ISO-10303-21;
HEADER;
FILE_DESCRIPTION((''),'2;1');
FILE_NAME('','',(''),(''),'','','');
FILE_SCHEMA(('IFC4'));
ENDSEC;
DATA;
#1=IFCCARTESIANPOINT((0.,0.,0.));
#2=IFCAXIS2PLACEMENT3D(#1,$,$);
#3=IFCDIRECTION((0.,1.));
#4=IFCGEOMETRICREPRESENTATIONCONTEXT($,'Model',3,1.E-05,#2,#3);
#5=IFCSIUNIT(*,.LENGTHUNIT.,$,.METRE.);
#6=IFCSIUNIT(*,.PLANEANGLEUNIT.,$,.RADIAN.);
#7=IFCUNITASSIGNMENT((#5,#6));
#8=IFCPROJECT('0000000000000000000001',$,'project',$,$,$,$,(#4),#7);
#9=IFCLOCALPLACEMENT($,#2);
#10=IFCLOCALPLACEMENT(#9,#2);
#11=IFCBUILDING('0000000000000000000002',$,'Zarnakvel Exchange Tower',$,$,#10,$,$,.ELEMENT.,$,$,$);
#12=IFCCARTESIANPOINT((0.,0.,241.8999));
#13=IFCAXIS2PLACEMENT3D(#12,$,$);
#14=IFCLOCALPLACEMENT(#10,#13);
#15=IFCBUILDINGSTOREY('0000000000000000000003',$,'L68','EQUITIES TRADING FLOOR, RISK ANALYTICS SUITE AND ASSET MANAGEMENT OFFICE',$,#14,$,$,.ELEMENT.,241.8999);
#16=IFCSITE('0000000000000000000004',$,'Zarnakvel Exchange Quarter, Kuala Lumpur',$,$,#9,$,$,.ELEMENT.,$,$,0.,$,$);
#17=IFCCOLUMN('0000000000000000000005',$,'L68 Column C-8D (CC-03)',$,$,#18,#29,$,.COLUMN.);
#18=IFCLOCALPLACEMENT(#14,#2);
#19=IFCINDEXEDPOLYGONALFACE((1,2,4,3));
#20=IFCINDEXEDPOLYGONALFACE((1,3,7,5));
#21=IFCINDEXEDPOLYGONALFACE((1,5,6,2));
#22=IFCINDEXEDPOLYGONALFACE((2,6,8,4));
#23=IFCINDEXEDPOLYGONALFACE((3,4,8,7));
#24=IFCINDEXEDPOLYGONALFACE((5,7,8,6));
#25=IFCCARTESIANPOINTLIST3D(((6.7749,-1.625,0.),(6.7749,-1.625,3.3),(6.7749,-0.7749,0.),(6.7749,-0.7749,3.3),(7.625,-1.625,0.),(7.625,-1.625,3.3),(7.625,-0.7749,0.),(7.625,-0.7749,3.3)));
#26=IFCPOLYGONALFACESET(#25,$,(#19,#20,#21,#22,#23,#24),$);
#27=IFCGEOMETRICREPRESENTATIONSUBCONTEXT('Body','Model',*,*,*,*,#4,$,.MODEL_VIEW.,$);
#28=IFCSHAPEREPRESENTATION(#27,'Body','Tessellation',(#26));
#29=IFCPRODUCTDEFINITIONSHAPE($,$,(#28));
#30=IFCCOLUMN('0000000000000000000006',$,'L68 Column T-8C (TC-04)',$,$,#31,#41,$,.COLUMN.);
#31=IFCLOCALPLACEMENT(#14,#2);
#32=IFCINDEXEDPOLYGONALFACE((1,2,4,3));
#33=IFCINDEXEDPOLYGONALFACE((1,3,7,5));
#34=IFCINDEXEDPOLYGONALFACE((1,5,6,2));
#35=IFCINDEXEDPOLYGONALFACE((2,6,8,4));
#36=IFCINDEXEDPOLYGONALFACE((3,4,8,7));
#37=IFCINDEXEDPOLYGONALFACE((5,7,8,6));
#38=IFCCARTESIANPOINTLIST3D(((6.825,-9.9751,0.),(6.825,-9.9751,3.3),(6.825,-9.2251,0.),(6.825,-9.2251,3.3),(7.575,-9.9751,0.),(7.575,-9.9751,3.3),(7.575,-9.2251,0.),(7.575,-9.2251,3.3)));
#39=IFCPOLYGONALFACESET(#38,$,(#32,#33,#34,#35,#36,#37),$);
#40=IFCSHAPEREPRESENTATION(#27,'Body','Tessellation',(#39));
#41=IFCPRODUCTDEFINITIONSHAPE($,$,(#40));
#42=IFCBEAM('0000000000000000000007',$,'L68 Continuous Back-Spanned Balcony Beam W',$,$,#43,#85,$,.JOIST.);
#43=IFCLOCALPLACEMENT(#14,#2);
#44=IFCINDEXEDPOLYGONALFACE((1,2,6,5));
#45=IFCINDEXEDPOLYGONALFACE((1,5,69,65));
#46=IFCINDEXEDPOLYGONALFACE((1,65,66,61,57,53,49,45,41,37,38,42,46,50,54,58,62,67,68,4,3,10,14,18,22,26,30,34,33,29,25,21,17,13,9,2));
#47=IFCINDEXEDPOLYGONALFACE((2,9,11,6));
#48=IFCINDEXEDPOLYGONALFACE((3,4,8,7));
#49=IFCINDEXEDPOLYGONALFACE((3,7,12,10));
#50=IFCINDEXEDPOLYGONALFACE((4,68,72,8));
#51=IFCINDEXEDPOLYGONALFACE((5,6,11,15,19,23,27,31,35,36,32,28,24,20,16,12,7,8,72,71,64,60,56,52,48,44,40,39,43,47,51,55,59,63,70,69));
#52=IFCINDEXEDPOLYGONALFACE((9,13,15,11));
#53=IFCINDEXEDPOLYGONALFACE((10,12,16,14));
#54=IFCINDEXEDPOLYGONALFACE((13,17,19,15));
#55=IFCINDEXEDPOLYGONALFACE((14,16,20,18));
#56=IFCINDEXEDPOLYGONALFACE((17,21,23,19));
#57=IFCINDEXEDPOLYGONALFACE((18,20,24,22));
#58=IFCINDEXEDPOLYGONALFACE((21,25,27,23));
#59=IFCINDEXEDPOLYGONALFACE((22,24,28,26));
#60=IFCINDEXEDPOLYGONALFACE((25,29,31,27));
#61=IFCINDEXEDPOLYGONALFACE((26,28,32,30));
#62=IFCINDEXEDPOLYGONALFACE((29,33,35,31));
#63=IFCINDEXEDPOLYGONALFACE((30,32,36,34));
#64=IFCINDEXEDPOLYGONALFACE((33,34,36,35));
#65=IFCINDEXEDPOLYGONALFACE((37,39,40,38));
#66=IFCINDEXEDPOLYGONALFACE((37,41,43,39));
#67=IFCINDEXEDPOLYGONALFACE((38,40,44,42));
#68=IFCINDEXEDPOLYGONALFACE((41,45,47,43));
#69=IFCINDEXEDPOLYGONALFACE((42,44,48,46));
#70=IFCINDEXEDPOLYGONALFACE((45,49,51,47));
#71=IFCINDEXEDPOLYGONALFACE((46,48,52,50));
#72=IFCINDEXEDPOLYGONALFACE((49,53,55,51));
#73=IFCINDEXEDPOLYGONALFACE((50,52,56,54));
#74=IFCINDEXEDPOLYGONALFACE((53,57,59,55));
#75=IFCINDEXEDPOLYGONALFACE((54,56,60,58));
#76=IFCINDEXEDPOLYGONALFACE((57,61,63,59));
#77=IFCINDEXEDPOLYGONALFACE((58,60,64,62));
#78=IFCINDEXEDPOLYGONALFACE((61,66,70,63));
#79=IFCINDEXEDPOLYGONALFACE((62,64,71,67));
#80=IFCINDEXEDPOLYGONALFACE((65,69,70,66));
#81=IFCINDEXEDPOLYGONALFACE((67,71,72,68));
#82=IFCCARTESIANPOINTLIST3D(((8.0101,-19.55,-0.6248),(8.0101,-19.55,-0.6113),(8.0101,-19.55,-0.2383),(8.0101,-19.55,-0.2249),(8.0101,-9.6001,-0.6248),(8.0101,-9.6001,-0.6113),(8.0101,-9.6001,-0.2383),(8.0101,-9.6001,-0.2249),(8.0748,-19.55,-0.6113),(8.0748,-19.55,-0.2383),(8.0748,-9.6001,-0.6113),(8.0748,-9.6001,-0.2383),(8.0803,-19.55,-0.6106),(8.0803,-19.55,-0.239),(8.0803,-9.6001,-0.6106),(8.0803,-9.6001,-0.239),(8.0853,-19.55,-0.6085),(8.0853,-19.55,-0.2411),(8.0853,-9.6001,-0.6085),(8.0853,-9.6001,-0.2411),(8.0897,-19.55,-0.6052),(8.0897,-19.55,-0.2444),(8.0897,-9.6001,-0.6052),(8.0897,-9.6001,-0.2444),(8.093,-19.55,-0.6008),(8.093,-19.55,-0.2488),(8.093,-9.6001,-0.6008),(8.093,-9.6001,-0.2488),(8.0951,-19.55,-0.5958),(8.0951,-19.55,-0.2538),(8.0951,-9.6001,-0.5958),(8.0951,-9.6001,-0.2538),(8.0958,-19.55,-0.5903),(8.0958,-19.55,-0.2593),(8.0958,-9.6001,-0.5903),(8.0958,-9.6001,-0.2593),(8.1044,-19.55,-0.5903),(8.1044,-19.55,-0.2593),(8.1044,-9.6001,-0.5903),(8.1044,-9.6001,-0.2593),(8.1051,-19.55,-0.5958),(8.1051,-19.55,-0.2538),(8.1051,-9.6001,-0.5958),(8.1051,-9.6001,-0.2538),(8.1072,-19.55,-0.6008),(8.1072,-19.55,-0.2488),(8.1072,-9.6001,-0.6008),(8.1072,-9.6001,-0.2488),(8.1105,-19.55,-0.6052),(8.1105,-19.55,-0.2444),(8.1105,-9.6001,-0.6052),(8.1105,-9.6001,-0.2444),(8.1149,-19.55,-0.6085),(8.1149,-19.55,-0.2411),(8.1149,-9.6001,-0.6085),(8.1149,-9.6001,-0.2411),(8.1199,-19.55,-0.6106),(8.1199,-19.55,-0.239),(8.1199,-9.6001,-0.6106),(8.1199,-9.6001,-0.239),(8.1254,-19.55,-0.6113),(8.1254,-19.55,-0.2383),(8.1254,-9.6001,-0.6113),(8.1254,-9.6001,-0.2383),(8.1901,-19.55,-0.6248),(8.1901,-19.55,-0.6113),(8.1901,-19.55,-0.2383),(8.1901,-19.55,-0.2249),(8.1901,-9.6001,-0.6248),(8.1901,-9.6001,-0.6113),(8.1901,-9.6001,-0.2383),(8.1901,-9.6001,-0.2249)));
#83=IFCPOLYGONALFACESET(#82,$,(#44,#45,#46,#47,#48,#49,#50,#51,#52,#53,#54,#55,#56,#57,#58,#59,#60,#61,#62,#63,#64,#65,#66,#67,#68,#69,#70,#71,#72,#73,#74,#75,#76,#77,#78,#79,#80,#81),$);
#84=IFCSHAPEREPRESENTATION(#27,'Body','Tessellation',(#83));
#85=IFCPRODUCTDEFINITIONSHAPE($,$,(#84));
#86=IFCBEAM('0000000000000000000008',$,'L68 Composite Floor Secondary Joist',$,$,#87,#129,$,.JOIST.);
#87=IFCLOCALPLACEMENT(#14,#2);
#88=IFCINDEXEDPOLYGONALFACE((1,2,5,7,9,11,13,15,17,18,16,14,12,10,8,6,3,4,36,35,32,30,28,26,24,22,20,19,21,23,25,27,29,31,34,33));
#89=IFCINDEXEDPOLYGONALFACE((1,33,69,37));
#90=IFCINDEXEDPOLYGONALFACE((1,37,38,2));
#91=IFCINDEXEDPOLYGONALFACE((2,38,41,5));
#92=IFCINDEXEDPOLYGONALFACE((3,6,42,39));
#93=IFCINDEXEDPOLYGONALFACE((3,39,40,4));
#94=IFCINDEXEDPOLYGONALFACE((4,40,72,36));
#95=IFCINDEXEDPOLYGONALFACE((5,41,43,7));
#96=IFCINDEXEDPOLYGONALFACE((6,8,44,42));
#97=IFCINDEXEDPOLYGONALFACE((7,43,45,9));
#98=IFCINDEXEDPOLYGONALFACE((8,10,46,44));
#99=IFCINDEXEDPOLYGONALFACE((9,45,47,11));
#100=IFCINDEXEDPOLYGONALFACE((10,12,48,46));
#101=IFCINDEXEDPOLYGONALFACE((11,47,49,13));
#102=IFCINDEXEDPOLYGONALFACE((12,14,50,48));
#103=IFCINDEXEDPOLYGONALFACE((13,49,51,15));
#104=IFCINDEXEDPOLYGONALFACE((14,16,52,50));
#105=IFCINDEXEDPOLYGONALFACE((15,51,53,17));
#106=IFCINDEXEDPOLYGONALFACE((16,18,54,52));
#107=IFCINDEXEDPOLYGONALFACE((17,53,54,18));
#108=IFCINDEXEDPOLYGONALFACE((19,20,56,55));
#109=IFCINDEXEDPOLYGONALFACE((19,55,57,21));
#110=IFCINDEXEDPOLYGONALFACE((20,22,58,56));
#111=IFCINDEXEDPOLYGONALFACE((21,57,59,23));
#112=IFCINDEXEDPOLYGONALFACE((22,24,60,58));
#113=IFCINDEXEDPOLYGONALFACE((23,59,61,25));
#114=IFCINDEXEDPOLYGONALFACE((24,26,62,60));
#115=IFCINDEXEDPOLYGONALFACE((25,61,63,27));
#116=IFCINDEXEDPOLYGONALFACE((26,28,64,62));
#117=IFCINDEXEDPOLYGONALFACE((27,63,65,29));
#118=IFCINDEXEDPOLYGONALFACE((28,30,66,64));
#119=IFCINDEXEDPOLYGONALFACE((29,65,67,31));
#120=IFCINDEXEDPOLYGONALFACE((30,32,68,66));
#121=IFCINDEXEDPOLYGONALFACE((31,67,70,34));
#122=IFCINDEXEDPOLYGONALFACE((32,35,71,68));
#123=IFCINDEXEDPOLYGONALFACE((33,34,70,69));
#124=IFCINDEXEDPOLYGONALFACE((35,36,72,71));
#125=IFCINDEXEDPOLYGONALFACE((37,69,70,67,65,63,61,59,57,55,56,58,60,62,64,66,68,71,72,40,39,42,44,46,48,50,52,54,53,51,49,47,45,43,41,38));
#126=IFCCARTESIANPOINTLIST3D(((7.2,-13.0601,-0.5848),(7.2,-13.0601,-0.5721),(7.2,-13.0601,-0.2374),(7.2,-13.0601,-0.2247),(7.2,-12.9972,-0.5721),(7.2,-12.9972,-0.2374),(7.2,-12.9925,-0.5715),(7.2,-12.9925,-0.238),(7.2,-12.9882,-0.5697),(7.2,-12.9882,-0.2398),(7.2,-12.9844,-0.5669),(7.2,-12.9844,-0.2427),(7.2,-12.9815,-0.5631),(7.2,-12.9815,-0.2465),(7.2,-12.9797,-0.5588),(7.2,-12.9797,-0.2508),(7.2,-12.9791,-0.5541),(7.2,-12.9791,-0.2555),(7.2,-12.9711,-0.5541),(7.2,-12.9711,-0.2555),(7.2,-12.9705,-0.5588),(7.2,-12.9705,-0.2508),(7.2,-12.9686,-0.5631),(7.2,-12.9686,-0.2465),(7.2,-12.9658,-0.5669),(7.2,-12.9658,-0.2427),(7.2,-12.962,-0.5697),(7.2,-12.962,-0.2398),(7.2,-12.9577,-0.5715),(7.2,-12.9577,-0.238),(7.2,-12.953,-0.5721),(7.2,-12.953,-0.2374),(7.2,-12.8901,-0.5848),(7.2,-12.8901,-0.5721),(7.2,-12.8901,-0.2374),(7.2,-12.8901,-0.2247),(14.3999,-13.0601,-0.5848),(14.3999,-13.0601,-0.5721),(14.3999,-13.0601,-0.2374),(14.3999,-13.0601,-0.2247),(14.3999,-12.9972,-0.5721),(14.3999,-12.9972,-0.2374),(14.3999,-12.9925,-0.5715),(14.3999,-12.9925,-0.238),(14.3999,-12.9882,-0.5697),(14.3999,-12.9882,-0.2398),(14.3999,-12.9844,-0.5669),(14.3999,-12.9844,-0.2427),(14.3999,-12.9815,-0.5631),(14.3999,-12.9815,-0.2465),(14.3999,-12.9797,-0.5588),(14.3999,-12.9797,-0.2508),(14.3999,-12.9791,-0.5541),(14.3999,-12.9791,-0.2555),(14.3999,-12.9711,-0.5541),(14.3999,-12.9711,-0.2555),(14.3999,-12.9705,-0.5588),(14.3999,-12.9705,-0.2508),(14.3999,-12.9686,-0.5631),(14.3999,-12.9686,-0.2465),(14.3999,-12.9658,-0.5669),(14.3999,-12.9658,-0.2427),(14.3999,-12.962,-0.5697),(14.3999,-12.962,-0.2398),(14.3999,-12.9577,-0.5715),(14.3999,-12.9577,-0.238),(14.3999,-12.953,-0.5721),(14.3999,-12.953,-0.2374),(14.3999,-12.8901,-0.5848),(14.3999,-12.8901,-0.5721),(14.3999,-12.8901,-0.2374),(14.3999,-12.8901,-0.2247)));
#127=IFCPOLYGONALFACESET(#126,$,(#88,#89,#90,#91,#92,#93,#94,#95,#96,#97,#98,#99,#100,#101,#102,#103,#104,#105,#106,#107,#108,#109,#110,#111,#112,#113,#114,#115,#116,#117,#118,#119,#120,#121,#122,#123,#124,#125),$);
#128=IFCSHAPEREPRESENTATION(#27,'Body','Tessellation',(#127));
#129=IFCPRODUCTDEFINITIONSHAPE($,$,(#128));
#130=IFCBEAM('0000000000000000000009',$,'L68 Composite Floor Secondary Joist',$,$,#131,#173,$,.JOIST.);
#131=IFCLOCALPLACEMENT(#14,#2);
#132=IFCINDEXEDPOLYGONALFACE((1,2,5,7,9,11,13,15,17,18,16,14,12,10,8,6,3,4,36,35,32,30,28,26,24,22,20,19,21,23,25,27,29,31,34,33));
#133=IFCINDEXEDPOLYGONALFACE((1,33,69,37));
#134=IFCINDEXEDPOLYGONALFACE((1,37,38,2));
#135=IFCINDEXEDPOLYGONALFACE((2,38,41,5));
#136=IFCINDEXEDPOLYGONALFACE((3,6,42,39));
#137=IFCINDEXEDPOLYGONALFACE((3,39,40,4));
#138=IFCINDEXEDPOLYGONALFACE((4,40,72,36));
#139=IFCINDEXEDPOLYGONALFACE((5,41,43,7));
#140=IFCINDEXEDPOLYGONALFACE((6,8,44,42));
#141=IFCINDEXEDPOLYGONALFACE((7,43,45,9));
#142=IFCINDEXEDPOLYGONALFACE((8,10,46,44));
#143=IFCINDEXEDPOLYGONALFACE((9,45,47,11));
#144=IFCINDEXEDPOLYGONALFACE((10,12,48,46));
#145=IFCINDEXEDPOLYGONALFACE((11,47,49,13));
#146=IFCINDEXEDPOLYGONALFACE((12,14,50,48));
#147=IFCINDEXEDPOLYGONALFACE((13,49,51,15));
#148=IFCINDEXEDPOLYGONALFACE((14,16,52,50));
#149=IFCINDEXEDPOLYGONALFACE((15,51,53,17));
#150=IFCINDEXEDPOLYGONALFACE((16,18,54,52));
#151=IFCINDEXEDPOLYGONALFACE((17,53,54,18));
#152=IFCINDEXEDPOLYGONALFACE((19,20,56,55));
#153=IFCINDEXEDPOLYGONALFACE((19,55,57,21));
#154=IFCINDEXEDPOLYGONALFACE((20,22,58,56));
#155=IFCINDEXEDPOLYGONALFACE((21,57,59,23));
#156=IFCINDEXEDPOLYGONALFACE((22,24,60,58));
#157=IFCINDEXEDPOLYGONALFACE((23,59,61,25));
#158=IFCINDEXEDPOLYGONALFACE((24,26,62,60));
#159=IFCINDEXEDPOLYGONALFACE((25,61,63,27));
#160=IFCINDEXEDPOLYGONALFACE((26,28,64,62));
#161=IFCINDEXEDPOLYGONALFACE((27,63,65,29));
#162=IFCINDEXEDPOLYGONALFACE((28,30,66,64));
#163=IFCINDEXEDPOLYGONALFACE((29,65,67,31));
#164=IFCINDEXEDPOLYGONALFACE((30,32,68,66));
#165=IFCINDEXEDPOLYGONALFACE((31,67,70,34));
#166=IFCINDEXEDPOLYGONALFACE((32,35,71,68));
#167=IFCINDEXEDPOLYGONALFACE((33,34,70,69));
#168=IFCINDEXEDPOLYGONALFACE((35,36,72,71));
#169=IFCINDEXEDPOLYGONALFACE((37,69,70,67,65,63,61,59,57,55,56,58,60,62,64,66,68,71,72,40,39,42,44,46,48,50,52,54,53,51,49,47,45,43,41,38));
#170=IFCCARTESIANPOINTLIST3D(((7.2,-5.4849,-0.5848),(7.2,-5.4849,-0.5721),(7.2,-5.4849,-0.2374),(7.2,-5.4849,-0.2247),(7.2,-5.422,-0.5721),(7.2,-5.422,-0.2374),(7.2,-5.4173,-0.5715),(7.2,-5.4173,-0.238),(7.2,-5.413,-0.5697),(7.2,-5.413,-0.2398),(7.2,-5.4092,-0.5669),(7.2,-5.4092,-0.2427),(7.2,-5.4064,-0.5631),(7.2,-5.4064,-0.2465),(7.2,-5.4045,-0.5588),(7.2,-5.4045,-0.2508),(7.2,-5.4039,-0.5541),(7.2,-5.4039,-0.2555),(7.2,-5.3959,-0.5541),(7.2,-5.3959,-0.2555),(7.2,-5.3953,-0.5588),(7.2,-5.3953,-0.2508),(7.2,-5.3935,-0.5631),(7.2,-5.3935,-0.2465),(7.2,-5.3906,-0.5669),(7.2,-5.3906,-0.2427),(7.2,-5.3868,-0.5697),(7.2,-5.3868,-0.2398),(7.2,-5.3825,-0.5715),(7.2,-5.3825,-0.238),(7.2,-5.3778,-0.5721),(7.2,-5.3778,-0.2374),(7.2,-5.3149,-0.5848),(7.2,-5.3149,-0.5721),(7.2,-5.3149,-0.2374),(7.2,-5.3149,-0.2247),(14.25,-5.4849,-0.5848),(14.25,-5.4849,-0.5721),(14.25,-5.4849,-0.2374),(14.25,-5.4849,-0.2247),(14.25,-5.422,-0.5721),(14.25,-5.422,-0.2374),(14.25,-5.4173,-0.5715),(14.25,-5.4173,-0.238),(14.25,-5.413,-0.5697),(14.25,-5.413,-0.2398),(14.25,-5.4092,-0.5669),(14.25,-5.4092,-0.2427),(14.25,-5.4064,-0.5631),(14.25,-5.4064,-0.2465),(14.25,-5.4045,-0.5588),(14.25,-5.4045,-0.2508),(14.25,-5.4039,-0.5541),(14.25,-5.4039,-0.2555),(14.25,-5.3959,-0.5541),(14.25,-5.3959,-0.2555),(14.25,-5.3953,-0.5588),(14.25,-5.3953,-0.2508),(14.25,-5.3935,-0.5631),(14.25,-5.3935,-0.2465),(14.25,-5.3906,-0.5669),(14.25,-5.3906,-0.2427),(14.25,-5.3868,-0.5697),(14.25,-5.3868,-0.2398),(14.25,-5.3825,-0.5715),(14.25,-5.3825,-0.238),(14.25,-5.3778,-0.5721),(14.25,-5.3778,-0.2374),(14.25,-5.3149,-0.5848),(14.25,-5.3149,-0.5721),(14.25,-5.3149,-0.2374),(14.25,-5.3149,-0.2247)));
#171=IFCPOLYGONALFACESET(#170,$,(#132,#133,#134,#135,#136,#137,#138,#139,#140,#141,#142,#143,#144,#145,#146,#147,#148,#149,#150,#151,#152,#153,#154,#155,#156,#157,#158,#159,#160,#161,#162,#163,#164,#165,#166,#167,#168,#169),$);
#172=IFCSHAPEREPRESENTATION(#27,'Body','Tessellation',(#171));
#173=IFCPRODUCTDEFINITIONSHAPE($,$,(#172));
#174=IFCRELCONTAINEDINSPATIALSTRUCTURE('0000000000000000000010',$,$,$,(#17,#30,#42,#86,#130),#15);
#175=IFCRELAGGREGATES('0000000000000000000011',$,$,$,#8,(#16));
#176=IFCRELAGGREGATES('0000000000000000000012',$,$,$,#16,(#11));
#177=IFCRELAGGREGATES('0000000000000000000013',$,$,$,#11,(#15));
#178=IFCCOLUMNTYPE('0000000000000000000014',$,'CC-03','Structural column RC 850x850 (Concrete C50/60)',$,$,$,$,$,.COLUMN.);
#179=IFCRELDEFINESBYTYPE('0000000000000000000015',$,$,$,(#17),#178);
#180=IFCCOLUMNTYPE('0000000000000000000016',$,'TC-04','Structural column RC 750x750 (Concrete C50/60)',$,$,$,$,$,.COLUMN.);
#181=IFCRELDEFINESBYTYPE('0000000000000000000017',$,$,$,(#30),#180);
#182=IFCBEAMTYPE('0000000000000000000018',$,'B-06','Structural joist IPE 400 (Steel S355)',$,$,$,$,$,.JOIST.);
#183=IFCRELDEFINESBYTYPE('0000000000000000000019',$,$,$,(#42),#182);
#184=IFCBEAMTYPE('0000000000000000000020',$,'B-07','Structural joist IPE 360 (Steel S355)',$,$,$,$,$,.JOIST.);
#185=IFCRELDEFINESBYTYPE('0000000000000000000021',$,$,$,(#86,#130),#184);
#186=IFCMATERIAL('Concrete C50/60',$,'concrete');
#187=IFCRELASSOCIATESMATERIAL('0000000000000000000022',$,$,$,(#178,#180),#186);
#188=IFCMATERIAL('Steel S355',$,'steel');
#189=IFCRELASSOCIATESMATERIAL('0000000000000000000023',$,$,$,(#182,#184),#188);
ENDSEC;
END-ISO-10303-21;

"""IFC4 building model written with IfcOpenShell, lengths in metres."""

from ifc_helpers import new_model, si_unit, direction, frame, origin, origin_2d, place, context, subcontext, project, spatial, rectangle, i_section, extrude, material, material_profile, profile_set, type_object, element, save


model = new_model("IFC4")

# Units and contexts
model_context = context("Model", 3, precision=1e-05, world=origin(), true_north=direction((0.0, 1.0)))
body_context = subcontext(model_context, "Body", "Model", "MODEL_VIEW")
ifc_project = project(units=[si_unit("LENGTHUNIT", "METRE"), si_unit("PLANEANGLEUNIT", "RADIAN")], contexts=[model_context])

# Site, building, storey
site_placement = place(None, origin())
site = spatial("IfcSite", under=ifc_project, at=site_placement, Name="Zarnakvel Exchange Quarter, Kuala Lumpur", CompositionType="ELEMENT", RefElevation=0.0)
building_placement = place(site_placement, origin())
building = spatial("IfcBuilding", under=site, at=building_placement, Name="Zarnakvel Exchange Tower", CompositionType="ELEMENT")
storey_placement = place(building_placement, frame((0.0, 0.0, 241.8999)))
storey = spatial("IfcBuildingStorey", under=building, at=storey_placement, Name="L68", Description="EQUITIES TRADING FLOOR, RISK ANALYTICS SUITE AND ASSET MANAGEMENT OFFICE", CompositionType="ELEMENT", Elevation=241.8999)

# Columns
ifc_material_1 = material(Name="Concrete C50/60", Category="concrete")
ifc_material_profile_1 = material_profile(ifc_material_1, rectangle(XDim=0.8501, YDim=0.8501, at=origin_2d()))
ifc_profile_set_1 = profile_set([ifc_material_profile_1], Name="Concrete C50/60")
column_type_1 = type_object("IfcColumnType", Name="CC-03", Description="Structural column RC 850x850 (Concrete C50/60)", PredefinedType="COLUMN", material=ifc_profile_set_1)
column_1_placement = place(storey_placement, frame((7.2, -1.2, 0.0), z_axis=(0.0, 0.0, 1.0), x_axis=(1.0, 0.0, 0.0)))
element("IfcColumn", 1, at=column_1_placement, inside=storey, type_object=column_type_1, Name="L68 Column C-8D (CC-03)", PredefinedType="COLUMN", context=body_context, shape_type="SweptSolid", body=[
    extrude(rectangle(XDim=0.8501, YDim=0.8501, at=origin_2d()), origin(), (0.0, 0.0, 1.0), 3.3),
])
ifc_material_profile_2 = material_profile(ifc_material_1, rectangle(XDim=0.75, YDim=0.75, at=origin_2d()))
ifc_profile_set_2 = profile_set([ifc_material_profile_2], Name="Concrete C50/60")
column_type_2 = type_object("IfcColumnType", Name="TC-04", Description="Structural column RC 750x750 (Concrete C50/60)", PredefinedType="COLUMN", material=ifc_profile_set_2)
column_2_placement = place(storey_placement, frame((7.2, -9.6001, 0.0), z_axis=(0.0, 0.0, 1.0), x_axis=(1.0, 0.0, 0.0)))
element("IfcColumn", 2, at=column_2_placement, inside=storey, type_object=column_type_2, Name="L68 Column T-8C (TC-04)", PredefinedType="COLUMN", context=body_context, shape_type="SweptSolid", body=[
    extrude(rectangle(XDim=0.75, YDim=0.75, at=origin_2d()), origin(), (0.0, 0.0, 1.0), 3.3),
])

# Beams
ifc_material_2 = material(Name="Steel S355", Category="steel")
ifc_material_profile_3 = material_profile(ifc_material_2, i_section(OverallWidth=0.1799, OverallDepth=0.3999, WebThickness=0.0085, FlangeThickness=0.0134, FilletRadius=0.021, at=origin_2d()))
ifc_profile_set_3 = profile_set([ifc_material_profile_3], Name="Steel S355")
beam_type_1 = type_object("IfcBeamType", Name="B-06", Description="Structural joist IPE 400 (Steel S355)", PredefinedType="JOIST", material=ifc_profile_set_3)
beam_1_placement = place(storey_placement, frame((8.1001, -9.6001, -0.4248), z_axis=(0.0, -1.0, 0.0), x_axis=(1.0, 0.0, 0.0)))
element("IfcBeam", 3, at=beam_1_placement, inside=storey, type_object=beam_type_1, Name="L68 Continuous Back-Spanned Balcony Beam W", PredefinedType="JOIST", context=body_context, shape_type="SweptSolid", body=[
    extrude(i_section(OverallWidth=0.1799, OverallDepth=0.3999, WebThickness=0.0085, FlangeThickness=0.0134, FilletRadius=0.021, at=origin_2d()), origin(), (0.0, 0.0, 1.0), 9.95),
])
ifc_material_profile_4 = material_profile(ifc_material_2, i_section(OverallWidth=0.1699, OverallDepth=0.3601, WebThickness=0.0081, FlangeThickness=0.0127, FilletRadius=0.0181, at=origin_2d()))
ifc_profile_set_4 = profile_set([ifc_material_profile_4], Name="Steel S355")
beam_type_2 = type_object("IfcBeamType", Name="B-07", Description="Structural joist IPE 360 (Steel S355)", PredefinedType="JOIST", material=ifc_profile_set_4)
beam_2_placement = place(storey_placement, frame((7.2, -12.9751, -0.4048), z_axis=(1.0, 0.0, 0.0), x_axis=(0.0, 1.0, 0.0)))
element("IfcBeam", 4, at=beam_2_placement, inside=storey, type_object=beam_type_2, Name="L68 Composite Floor Secondary Joist", PredefinedType="JOIST", context=body_context, shape_type="SweptSolid", body=[
    extrude(i_section(OverallWidth=0.1699, OverallDepth=0.3601, WebThickness=0.0081, FlangeThickness=0.0127, FilletRadius=0.0181, at=origin_2d()), origin(), (0.0, 0.0, 1.0), 7.2),
])
beam_3_placement = place(storey_placement, frame((7.2, -5.3999, -0.4048), z_axis=(1.0, 0.0, 0.0), x_axis=(0.0, 1.0, 0.0)))
element("IfcBeam", 5, at=beam_3_placement, inside=storey, type_object=beam_type_2, Name="L68 Composite Floor Secondary Joist", PredefinedType="JOIST", context=body_context, shape_type="SweptSolid", body=[
    extrude(i_section(OverallWidth=0.1699, OverallDepth=0.3601, WebThickness=0.0081, FlangeThickness=0.0127, FilletRadius=0.0181, at=origin_2d()), origin(), (0.0, 0.0, 1.0), 7.05),
])

save(model, "model.ifc")
